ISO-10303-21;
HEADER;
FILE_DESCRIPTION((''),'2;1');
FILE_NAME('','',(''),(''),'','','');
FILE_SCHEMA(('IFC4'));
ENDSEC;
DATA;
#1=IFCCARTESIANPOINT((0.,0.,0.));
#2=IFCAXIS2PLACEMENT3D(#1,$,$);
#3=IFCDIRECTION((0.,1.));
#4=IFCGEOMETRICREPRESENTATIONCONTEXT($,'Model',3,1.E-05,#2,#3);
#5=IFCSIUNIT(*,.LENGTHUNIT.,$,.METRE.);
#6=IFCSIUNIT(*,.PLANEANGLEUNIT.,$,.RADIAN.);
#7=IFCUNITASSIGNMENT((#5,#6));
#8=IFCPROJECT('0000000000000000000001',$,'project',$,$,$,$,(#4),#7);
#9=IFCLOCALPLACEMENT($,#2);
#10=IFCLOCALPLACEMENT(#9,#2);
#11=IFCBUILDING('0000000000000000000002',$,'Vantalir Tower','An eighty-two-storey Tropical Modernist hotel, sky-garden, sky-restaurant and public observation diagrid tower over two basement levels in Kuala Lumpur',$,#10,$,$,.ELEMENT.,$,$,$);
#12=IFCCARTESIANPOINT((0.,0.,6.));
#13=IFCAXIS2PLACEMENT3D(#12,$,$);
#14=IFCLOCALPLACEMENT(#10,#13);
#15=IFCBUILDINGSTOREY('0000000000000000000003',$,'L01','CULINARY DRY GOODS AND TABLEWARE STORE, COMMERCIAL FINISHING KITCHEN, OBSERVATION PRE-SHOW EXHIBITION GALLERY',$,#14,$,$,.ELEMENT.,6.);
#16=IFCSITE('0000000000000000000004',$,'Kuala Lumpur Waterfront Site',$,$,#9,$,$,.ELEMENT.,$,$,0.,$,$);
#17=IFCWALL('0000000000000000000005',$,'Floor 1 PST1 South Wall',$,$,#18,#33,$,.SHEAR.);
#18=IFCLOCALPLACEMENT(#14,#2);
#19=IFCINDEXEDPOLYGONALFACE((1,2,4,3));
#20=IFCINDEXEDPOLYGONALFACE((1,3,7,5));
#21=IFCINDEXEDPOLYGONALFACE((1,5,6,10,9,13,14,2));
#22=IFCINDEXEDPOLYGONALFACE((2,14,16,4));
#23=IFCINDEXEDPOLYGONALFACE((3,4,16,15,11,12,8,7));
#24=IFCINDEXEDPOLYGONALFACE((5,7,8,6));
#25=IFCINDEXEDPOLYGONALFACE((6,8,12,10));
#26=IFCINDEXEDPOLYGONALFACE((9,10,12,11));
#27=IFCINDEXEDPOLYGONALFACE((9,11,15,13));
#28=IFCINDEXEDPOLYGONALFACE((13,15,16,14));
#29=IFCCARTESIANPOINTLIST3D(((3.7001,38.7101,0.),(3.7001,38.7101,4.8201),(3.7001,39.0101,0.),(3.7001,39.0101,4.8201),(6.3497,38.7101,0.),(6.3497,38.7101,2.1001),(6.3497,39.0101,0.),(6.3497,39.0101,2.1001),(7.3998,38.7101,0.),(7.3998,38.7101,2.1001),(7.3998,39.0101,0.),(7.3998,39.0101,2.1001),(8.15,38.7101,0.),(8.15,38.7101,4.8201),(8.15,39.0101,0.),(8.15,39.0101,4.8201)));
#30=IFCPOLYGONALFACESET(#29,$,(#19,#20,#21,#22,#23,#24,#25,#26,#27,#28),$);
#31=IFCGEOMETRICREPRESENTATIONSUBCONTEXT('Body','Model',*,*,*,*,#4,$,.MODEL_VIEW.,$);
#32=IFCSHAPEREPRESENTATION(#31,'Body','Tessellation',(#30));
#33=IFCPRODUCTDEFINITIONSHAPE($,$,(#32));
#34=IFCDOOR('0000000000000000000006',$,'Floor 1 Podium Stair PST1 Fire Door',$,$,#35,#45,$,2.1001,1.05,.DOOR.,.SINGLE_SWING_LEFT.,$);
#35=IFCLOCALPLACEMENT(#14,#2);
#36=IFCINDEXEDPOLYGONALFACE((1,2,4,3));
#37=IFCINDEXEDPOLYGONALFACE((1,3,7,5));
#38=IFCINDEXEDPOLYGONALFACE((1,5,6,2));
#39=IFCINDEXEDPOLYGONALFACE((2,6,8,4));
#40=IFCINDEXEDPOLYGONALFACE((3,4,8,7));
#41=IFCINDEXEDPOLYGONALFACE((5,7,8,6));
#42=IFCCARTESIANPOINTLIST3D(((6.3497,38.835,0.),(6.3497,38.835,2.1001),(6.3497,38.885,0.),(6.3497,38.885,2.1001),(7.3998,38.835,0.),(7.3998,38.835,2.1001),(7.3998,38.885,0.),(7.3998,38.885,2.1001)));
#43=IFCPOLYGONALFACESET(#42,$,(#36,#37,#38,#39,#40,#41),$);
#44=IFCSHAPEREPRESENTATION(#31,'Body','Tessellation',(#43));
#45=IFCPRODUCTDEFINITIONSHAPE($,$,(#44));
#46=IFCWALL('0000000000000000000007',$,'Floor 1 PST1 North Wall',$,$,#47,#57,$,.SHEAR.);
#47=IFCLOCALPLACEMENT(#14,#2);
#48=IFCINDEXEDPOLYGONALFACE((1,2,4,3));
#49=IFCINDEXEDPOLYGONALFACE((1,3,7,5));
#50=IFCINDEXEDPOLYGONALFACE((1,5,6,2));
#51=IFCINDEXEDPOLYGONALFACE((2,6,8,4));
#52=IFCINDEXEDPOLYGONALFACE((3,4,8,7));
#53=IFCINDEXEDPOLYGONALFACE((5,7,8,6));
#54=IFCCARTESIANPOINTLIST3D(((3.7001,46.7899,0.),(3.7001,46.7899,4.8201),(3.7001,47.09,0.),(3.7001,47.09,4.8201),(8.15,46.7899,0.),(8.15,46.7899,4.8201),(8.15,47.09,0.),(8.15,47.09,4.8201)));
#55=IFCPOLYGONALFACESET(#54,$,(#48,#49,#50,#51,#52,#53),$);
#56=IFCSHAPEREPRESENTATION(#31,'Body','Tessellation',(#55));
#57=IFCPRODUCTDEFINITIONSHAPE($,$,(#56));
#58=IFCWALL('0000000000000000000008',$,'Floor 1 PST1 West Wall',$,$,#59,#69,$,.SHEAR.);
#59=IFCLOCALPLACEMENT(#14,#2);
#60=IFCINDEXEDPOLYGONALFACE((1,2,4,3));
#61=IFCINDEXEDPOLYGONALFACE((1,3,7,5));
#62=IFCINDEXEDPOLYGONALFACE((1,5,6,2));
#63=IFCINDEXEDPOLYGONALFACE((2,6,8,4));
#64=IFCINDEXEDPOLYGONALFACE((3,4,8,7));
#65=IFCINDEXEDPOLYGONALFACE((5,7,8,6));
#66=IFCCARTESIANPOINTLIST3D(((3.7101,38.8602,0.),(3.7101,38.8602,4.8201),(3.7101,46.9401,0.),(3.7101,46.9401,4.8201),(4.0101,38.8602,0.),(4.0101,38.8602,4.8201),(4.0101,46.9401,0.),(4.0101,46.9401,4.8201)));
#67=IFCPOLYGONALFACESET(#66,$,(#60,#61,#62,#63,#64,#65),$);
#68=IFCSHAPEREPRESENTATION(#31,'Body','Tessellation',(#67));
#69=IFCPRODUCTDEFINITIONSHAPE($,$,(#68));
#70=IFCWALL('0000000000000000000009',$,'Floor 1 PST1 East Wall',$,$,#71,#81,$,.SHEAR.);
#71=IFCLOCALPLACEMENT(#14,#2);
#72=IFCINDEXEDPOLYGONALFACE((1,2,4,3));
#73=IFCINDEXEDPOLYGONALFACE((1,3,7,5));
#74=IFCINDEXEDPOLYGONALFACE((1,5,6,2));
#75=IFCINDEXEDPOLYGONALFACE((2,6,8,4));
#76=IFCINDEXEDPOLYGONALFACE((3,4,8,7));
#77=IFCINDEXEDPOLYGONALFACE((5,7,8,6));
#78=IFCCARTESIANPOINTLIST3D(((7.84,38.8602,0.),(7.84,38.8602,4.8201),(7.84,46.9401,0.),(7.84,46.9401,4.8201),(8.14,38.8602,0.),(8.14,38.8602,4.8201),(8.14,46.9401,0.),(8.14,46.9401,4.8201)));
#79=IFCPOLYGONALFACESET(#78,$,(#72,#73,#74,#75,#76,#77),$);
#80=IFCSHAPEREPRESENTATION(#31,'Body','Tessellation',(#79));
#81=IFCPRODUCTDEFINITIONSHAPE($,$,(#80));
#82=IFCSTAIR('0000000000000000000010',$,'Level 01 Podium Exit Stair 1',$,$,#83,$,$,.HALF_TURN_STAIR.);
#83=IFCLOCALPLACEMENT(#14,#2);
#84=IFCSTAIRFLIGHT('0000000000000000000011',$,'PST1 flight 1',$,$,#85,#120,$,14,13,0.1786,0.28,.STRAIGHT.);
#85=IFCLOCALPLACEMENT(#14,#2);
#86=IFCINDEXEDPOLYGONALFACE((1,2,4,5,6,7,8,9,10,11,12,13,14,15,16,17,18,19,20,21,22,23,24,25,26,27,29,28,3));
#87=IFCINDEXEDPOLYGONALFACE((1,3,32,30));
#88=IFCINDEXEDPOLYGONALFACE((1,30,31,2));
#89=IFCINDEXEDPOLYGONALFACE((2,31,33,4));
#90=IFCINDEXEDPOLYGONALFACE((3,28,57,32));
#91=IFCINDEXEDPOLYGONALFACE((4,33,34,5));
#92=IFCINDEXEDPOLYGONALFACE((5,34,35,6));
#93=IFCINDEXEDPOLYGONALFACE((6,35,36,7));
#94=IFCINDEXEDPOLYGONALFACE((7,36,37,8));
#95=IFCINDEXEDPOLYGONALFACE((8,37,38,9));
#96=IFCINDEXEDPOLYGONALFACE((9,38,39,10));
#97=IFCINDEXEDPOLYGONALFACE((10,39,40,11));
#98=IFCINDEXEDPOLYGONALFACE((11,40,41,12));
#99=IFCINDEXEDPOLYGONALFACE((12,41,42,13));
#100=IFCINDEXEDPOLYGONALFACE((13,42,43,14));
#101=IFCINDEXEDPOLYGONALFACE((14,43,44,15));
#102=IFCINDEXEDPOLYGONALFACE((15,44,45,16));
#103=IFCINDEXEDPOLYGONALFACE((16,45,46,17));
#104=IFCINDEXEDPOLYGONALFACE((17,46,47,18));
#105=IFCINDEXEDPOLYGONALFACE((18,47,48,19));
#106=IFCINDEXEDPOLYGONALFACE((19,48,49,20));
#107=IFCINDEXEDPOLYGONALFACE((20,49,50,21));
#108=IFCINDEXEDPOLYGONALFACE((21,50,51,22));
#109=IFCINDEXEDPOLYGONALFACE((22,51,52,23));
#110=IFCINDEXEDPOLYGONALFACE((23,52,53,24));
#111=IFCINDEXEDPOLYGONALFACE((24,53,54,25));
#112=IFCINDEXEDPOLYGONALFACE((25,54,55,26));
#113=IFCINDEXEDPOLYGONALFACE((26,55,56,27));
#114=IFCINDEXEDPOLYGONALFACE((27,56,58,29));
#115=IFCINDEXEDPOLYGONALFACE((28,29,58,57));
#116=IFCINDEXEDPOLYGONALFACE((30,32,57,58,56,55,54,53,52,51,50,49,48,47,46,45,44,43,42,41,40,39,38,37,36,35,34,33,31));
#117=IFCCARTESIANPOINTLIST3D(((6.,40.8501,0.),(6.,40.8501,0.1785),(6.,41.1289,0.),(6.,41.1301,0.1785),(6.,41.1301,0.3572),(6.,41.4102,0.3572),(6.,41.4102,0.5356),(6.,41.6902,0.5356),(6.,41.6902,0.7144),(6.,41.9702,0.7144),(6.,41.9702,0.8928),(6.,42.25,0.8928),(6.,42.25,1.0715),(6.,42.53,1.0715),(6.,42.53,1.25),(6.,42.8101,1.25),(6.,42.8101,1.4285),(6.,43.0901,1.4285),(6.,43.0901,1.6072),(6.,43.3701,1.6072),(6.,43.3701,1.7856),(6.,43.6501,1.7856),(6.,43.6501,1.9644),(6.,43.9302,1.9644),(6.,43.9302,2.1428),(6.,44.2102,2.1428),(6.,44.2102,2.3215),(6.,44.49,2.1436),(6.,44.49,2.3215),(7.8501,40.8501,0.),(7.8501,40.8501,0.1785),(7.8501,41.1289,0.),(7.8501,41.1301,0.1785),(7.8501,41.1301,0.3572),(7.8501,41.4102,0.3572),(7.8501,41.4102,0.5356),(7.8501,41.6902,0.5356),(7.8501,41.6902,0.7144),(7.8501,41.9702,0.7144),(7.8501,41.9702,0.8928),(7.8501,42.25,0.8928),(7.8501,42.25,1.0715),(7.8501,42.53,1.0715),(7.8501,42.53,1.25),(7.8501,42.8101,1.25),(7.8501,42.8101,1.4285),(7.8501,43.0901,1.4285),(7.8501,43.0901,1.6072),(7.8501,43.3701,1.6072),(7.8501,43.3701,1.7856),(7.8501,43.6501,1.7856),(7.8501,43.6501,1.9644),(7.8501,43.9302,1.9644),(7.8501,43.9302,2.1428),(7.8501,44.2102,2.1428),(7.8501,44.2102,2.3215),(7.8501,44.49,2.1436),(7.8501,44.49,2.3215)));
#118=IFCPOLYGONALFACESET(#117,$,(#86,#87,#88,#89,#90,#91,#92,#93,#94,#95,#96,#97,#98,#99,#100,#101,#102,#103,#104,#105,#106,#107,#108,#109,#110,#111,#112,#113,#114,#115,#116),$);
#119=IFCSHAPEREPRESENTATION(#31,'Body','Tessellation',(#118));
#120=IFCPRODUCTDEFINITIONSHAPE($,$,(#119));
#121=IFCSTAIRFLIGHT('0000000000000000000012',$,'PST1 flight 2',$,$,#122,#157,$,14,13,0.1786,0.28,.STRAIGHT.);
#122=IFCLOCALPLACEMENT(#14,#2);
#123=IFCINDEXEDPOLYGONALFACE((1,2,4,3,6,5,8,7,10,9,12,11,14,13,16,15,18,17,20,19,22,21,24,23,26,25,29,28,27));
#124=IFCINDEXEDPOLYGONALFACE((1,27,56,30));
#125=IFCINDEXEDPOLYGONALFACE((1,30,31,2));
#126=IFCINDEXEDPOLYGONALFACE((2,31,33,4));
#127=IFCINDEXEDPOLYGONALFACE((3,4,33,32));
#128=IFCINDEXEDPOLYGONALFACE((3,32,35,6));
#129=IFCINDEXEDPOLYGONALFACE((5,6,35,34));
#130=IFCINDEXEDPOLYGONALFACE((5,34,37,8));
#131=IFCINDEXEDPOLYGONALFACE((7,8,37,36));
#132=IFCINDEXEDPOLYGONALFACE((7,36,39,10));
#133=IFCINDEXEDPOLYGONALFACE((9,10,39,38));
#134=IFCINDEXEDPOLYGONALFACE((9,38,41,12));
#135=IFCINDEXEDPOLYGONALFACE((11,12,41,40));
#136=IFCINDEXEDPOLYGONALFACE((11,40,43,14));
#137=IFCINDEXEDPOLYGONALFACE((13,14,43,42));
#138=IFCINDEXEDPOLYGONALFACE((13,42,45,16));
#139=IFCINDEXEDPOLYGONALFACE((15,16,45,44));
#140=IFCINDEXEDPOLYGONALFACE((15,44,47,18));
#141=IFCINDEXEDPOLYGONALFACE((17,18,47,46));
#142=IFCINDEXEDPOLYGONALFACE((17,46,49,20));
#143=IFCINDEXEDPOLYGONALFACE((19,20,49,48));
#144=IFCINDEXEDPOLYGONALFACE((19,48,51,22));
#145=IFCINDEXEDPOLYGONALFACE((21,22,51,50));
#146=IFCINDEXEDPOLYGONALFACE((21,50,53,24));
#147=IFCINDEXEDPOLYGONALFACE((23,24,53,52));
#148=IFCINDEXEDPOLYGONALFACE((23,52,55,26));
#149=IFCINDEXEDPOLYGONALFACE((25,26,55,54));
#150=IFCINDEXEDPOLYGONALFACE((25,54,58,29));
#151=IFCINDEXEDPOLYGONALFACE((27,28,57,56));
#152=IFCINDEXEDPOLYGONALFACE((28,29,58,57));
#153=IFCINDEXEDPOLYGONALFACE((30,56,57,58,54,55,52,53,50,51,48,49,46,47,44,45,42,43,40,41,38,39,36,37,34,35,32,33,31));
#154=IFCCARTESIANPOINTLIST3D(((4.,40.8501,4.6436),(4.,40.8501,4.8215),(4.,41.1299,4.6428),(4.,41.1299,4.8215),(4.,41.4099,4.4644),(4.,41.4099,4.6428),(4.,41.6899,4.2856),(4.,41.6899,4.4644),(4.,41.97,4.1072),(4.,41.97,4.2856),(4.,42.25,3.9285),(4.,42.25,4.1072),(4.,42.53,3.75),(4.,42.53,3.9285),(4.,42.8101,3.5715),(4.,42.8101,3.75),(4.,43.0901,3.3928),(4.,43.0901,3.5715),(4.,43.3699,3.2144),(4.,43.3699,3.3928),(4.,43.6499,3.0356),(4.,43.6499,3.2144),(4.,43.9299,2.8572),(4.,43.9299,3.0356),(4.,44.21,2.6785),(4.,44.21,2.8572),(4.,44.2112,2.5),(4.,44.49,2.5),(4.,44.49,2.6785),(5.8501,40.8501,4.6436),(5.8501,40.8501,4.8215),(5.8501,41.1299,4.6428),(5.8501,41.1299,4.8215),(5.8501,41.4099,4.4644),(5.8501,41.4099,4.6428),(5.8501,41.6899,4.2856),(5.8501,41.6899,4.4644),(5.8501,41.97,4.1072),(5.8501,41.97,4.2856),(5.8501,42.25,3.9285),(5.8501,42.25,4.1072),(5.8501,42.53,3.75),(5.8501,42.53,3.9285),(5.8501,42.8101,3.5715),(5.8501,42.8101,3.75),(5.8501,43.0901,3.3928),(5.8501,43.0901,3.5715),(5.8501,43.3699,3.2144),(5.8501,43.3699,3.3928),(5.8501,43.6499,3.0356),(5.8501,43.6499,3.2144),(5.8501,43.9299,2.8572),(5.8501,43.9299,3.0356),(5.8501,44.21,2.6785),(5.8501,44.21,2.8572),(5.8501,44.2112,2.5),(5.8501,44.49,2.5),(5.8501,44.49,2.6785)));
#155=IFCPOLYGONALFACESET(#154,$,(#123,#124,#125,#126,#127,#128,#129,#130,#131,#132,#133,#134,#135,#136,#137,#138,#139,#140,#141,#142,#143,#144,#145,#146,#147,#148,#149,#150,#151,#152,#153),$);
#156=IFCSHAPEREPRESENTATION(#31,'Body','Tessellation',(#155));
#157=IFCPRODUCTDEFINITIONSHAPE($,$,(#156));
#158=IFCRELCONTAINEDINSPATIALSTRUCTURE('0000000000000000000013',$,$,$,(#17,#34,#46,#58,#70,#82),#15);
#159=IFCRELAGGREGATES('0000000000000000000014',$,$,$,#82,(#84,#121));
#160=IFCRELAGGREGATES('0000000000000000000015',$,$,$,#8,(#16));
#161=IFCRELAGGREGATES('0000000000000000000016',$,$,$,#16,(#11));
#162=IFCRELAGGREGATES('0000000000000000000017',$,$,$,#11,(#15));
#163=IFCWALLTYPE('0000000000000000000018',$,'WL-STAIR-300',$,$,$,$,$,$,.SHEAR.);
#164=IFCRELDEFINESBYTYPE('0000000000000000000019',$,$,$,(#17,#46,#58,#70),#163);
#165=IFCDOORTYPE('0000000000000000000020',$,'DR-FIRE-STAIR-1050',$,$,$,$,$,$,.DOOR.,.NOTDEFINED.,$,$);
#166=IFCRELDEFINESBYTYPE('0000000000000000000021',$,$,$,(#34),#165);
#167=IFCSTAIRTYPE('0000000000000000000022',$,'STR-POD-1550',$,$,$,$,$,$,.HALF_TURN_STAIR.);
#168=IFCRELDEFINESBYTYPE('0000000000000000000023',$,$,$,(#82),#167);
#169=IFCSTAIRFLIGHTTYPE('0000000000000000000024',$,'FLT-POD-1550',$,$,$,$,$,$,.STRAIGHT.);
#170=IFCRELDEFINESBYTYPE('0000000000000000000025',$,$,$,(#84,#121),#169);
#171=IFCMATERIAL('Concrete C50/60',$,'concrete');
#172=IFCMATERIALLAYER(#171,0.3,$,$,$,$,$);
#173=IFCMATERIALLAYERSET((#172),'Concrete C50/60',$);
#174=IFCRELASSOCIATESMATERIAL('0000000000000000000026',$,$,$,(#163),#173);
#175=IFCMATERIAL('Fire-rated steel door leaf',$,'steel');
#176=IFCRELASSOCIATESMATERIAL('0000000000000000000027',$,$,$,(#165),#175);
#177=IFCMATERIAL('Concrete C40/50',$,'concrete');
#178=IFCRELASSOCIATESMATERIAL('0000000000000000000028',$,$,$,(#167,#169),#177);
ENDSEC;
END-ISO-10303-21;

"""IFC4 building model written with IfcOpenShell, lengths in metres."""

from ifc_helpers import new_model, si_unit, direction, frame, frame_2d, origin, place, context, subcontext, project, spatial, polyline, rectangle, outline, extrude, material, layer, layer_set, type_object, element, fill, aggregate, save


model = new_model("IFC4")

# Units and contexts
model_context = context("Model", 3, precision=1e-05, world=origin(), true_north=direction((0.0, 1.0)))
body_context = subcontext(model_context, "Body", "Model", "MODEL_VIEW")
ifc_project = project(units=[si_unit("LENGTHUNIT", "METRE"), si_unit("PLANEANGLEUNIT", "RADIAN")], contexts=[model_context])

# Site, building, storey
site_placement = place(None, origin())
site = spatial("IfcSite", under=ifc_project, at=site_placement, Name="Kuala Lumpur Waterfront Site", CompositionType="ELEMENT", RefElevation=0.0)
building_placement = place(site_placement, origin())
building = spatial("IfcBuilding", under=site, at=building_placement, Name="Vantalir Tower", Description="An eighty-two-storey Tropical Modernist hotel, sky-garden, sky-restaurant and public observation diagrid tower over two basement levels in Kuala Lumpur", CompositionType="ELEMENT")
storey_placement = place(building_placement, frame((0.0, 0.0, 6.0)))
storey = spatial("IfcBuildingStorey", under=building, at=storey_placement, Name="L01", Description="CULINARY DRY GOODS AND TABLEWARE STORE, COMMERCIAL FINISHING KITCHEN, OBSERVATION PRE-SHOW EXHIBITION GALLERY", CompositionType="ELEMENT", Elevation=6.0)

# Wall, opening, door
ifc_material_1 = material(Name="Concrete C50/60", Category="concrete")
ifc_layer_1 = layer(ifc_material_1, 0.3)
ifc_layer_set_1 = layer_set([ifc_layer_1], Name="Concrete C50/60")
wall_type_1 = type_object("IfcWallType", Name="WL-STAIR-300", PredefinedType="SHEAR", material=ifc_layer_set_1)
wall_1_placement = place(storey_placement, frame((3.7, 38.8601, 0.0), z_axis=(0.0, 0.0, 1.0), x_axis=(1.0, 0.0, 0.0)))
wall_1 = element("IfcWall", 1, at=wall_1_placement, inside=storey, type_object=wall_type_1, Name="Floor 1 PST1 South Wall", PredefinedType="SHEAR", context=body_context, shape_type="SweptSolid", body=[
    extrude(rectangle(XDim=4.45, YDim=0.3, at=frame_2d((2.2251, 0.0))), origin(), (0.0, 0.0, 1.0), 4.8201),
])
opening_1_placement = place(wall_1_placement, frame((2.6499, 0.0, 0.0)))
opening_1 = element("IfcOpeningElement", 2, at=opening_1_placement, cuts=wall_1, PredefinedType="OPENING", context=body_context, shape_type="SweptSolid", body=[
    extrude(rectangle(XDim=1.05, YDim=2.1001, at=frame_2d((0.5249, 1.05))), frame((0.0, 0.1599, 0.0), z_axis=(0.0, -1.0, 0.0), x_axis=(1.0, 0.0, 0.0)), (0.0, 0.0, 1.0), 0.3201),
])
ifc_material_2 = material(Name="Fire-rated steel door leaf", Category="steel")
door_type = type_object("IfcDoorType", Name="DR-FIRE-STAIR-1050", OperationType="NOTDEFINED", PredefinedType="DOOR", material=ifc_material_2)
door_placement = place(opening_1_placement, origin())
door = element("IfcDoor", 3, at=door_placement, inside=storey, type_object=door_type, Name="Floor 1 Podium Stair PST1 Fire Door", OperationType="SINGLE_SWING_LEFT", OverallHeight=2.1001, OverallWidth=1.05, PredefinedType="DOOR", context=body_context, shape_type="SweptSolid", body=[
    extrude(rectangle(XDim=1.05, YDim=2.1001, at=frame_2d((0.5249, 1.05))), frame((0.0, 0.0249, 0.0), z_axis=(0.0, -1.0, 0.0), x_axis=(1.0, 0.0, 0.0)), (0.0, 0.0, 1.0), 0.05),
])
fill(opening_1, door)

# Walls
wall_2_placement = place(storey_placement, frame((3.7, 46.9399, 0.0), z_axis=(0.0, 0.0, 1.0), x_axis=(1.0, 0.0, 0.0)))
element("IfcWall", 4, at=wall_2_placement, inside=storey, type_object=wall_type_1, Name="Floor 1 PST1 North Wall", PredefinedType="SHEAR", context=body_context, shape_type="SweptSolid", body=[
    extrude(rectangle(XDim=4.45, YDim=0.3, at=frame_2d((2.2251, 0.0))), origin(), (0.0, 0.0, 1.0), 4.8201),
])
for number, where, z_axis, x_axis, name in (
    (5, (3.8601, 38.8601, 0.0), (0.0, 0.0, 1.0), (0.0, 1.0, 0.0), "Floor 1 PST1 West Wall"),
    (6, (7.99, 38.8601, 0.0), (0.0, 0.0, 1.0), (0.0, 1.0, 0.0), "Floor 1 PST1 East Wall"),
):
    element("IfcWall", number, at=place(storey_placement, frame(where, z_axis=z_axis, x_axis=x_axis)), inside=storey, type_object=wall_type_1, Name=name, PredefinedType="SHEAR", context=body_context, shape_type="SweptSolid", body=[
        extrude(rectangle(XDim=8.0798, YDim=0.3, at=frame_2d((4.04, 0.0))), origin(), (0.0, 0.0, 1.0), 4.8201),
    ])

# Stair, stair flights
ifc_material_3 = material(Name="Concrete C40/50", Category="concrete")
stair_type = type_object("IfcStairType", Name="STR-POD-1550", PredefinedType="HALF_TURN_STAIR", material=ifc_material_3)
stair_placement = place(storey_placement, origin())
stair = element("IfcStair", 7, at=stair_placement, inside=storey, type_object=stair_type, Name="Level 01 Podium Exit Stair 1", PredefinedType="HALF_TURN_STAIR")
stair_flight_type = type_object("IfcStairFlightType", Name="FLT-POD-1550", PredefinedType="STRAIGHT", material=ifc_material_3)
stair_flight_1_placement = place(storey_placement, frame((6.925, 40.8501, 0.0), z_axis=(0.0, 0.0, 1.0), x_axis=(0.0, 1.0, 0.0)))
stair_flight_1 = element("IfcStairFlight", 8, at=stair_flight_1_placement, type_object=stair_flight_type, Name="PST1 flight 1", NumberOfRisers=14, NumberOfTreads=13, PredefinedType="STRAIGHT", RiserHeight=0.1786, TreadLength=0.28, context=body_context, shape_type="SweptSolid", body=[
    extrude(outline(polyline([(0.0, 0.0), (0.0, 0.1785), (0.28, 0.1785), (0.28, 0.3572), (0.5601, 0.3572), (0.5601, 0.5356), (0.8401, 0.5356), (0.8401, 0.7144), (1.1201, 0.7144), (1.1201, 0.8928), (1.3999, 0.8928), (1.3999, 1.0715), (1.6799, 1.0715), (1.6799, 1.25), (1.96, 1.25), (1.96, 1.4285), (2.24, 1.4285), (2.24, 1.6072), (2.52, 1.6072), (2.52, 1.7856), (2.8, 1.7856), (2.8, 1.9644), (3.0801, 1.9644), (3.0801, 2.1428), (3.3601, 2.1428), (3.3601, 2.3215), (3.6399, 2.3215), (3.6399, 2.5), (3.6399, 2.1436), (0.2788, 0.0), (0.0, 0.0)])), frame((0.0, 0.925, 0.0), z_axis=(0.0, -1.0, 0.0), x_axis=(1.0, 0.0, 0.0)), (0.0, 0.0, 1.0), 1.8501),
])
stair_flight_2_placement = place(storey_placement, frame((4.925, 44.49, 2.5), z_axis=(0.0, 0.0, 1.0), x_axis=(0.0, -1.0, 0.0)))
stair_flight_2 = element("IfcStairFlight", 9, at=stair_flight_2_placement, type_object=stair_flight_type, Name="PST1 flight 2", NumberOfRisers=14, NumberOfTreads=13, PredefinedType="STRAIGHT", RiserHeight=0.1786, TreadLength=0.28, context=body_context, shape_type="SweptSolid", body=[
    extrude(outline(polyline([(0.0, 0.0), (0.0, 0.1785), (0.28, 0.1785), (0.28, 0.3572), (0.5601, 0.3572), (0.5601, 0.5356), (0.8401, 0.5356), (0.8401, 0.7144), (1.1201, 0.7144), (1.1201, 0.8928), (1.3999, 0.8928), (1.3999, 1.0715), (1.6799, 1.0715), (1.6799, 1.25), (1.96, 1.25), (1.96, 1.4285), (2.24, 1.4285), (2.24, 1.6072), (2.52, 1.6072), (2.52, 1.7856), (2.8, 1.7856), (2.8, 1.9644), (3.0801, 1.9644), (3.0801, 2.1428), (3.3601, 2.1428), (3.3601, 2.3215), (3.6399, 2.3215), (3.6399, 2.5), (3.6399, 2.1436), (0.2788, 0.0), (0.0, 0.0)])), frame((0.0, 0.925, 0.0), z_axis=(0.0, -1.0, 0.0), x_axis=(1.0, 0.0, 0.0)), (0.0, 0.0, 1.0), 1.8501),
])
aggregate(stair, [stair_flight_1, stair_flight_2])

save(model, "model.ifc")
